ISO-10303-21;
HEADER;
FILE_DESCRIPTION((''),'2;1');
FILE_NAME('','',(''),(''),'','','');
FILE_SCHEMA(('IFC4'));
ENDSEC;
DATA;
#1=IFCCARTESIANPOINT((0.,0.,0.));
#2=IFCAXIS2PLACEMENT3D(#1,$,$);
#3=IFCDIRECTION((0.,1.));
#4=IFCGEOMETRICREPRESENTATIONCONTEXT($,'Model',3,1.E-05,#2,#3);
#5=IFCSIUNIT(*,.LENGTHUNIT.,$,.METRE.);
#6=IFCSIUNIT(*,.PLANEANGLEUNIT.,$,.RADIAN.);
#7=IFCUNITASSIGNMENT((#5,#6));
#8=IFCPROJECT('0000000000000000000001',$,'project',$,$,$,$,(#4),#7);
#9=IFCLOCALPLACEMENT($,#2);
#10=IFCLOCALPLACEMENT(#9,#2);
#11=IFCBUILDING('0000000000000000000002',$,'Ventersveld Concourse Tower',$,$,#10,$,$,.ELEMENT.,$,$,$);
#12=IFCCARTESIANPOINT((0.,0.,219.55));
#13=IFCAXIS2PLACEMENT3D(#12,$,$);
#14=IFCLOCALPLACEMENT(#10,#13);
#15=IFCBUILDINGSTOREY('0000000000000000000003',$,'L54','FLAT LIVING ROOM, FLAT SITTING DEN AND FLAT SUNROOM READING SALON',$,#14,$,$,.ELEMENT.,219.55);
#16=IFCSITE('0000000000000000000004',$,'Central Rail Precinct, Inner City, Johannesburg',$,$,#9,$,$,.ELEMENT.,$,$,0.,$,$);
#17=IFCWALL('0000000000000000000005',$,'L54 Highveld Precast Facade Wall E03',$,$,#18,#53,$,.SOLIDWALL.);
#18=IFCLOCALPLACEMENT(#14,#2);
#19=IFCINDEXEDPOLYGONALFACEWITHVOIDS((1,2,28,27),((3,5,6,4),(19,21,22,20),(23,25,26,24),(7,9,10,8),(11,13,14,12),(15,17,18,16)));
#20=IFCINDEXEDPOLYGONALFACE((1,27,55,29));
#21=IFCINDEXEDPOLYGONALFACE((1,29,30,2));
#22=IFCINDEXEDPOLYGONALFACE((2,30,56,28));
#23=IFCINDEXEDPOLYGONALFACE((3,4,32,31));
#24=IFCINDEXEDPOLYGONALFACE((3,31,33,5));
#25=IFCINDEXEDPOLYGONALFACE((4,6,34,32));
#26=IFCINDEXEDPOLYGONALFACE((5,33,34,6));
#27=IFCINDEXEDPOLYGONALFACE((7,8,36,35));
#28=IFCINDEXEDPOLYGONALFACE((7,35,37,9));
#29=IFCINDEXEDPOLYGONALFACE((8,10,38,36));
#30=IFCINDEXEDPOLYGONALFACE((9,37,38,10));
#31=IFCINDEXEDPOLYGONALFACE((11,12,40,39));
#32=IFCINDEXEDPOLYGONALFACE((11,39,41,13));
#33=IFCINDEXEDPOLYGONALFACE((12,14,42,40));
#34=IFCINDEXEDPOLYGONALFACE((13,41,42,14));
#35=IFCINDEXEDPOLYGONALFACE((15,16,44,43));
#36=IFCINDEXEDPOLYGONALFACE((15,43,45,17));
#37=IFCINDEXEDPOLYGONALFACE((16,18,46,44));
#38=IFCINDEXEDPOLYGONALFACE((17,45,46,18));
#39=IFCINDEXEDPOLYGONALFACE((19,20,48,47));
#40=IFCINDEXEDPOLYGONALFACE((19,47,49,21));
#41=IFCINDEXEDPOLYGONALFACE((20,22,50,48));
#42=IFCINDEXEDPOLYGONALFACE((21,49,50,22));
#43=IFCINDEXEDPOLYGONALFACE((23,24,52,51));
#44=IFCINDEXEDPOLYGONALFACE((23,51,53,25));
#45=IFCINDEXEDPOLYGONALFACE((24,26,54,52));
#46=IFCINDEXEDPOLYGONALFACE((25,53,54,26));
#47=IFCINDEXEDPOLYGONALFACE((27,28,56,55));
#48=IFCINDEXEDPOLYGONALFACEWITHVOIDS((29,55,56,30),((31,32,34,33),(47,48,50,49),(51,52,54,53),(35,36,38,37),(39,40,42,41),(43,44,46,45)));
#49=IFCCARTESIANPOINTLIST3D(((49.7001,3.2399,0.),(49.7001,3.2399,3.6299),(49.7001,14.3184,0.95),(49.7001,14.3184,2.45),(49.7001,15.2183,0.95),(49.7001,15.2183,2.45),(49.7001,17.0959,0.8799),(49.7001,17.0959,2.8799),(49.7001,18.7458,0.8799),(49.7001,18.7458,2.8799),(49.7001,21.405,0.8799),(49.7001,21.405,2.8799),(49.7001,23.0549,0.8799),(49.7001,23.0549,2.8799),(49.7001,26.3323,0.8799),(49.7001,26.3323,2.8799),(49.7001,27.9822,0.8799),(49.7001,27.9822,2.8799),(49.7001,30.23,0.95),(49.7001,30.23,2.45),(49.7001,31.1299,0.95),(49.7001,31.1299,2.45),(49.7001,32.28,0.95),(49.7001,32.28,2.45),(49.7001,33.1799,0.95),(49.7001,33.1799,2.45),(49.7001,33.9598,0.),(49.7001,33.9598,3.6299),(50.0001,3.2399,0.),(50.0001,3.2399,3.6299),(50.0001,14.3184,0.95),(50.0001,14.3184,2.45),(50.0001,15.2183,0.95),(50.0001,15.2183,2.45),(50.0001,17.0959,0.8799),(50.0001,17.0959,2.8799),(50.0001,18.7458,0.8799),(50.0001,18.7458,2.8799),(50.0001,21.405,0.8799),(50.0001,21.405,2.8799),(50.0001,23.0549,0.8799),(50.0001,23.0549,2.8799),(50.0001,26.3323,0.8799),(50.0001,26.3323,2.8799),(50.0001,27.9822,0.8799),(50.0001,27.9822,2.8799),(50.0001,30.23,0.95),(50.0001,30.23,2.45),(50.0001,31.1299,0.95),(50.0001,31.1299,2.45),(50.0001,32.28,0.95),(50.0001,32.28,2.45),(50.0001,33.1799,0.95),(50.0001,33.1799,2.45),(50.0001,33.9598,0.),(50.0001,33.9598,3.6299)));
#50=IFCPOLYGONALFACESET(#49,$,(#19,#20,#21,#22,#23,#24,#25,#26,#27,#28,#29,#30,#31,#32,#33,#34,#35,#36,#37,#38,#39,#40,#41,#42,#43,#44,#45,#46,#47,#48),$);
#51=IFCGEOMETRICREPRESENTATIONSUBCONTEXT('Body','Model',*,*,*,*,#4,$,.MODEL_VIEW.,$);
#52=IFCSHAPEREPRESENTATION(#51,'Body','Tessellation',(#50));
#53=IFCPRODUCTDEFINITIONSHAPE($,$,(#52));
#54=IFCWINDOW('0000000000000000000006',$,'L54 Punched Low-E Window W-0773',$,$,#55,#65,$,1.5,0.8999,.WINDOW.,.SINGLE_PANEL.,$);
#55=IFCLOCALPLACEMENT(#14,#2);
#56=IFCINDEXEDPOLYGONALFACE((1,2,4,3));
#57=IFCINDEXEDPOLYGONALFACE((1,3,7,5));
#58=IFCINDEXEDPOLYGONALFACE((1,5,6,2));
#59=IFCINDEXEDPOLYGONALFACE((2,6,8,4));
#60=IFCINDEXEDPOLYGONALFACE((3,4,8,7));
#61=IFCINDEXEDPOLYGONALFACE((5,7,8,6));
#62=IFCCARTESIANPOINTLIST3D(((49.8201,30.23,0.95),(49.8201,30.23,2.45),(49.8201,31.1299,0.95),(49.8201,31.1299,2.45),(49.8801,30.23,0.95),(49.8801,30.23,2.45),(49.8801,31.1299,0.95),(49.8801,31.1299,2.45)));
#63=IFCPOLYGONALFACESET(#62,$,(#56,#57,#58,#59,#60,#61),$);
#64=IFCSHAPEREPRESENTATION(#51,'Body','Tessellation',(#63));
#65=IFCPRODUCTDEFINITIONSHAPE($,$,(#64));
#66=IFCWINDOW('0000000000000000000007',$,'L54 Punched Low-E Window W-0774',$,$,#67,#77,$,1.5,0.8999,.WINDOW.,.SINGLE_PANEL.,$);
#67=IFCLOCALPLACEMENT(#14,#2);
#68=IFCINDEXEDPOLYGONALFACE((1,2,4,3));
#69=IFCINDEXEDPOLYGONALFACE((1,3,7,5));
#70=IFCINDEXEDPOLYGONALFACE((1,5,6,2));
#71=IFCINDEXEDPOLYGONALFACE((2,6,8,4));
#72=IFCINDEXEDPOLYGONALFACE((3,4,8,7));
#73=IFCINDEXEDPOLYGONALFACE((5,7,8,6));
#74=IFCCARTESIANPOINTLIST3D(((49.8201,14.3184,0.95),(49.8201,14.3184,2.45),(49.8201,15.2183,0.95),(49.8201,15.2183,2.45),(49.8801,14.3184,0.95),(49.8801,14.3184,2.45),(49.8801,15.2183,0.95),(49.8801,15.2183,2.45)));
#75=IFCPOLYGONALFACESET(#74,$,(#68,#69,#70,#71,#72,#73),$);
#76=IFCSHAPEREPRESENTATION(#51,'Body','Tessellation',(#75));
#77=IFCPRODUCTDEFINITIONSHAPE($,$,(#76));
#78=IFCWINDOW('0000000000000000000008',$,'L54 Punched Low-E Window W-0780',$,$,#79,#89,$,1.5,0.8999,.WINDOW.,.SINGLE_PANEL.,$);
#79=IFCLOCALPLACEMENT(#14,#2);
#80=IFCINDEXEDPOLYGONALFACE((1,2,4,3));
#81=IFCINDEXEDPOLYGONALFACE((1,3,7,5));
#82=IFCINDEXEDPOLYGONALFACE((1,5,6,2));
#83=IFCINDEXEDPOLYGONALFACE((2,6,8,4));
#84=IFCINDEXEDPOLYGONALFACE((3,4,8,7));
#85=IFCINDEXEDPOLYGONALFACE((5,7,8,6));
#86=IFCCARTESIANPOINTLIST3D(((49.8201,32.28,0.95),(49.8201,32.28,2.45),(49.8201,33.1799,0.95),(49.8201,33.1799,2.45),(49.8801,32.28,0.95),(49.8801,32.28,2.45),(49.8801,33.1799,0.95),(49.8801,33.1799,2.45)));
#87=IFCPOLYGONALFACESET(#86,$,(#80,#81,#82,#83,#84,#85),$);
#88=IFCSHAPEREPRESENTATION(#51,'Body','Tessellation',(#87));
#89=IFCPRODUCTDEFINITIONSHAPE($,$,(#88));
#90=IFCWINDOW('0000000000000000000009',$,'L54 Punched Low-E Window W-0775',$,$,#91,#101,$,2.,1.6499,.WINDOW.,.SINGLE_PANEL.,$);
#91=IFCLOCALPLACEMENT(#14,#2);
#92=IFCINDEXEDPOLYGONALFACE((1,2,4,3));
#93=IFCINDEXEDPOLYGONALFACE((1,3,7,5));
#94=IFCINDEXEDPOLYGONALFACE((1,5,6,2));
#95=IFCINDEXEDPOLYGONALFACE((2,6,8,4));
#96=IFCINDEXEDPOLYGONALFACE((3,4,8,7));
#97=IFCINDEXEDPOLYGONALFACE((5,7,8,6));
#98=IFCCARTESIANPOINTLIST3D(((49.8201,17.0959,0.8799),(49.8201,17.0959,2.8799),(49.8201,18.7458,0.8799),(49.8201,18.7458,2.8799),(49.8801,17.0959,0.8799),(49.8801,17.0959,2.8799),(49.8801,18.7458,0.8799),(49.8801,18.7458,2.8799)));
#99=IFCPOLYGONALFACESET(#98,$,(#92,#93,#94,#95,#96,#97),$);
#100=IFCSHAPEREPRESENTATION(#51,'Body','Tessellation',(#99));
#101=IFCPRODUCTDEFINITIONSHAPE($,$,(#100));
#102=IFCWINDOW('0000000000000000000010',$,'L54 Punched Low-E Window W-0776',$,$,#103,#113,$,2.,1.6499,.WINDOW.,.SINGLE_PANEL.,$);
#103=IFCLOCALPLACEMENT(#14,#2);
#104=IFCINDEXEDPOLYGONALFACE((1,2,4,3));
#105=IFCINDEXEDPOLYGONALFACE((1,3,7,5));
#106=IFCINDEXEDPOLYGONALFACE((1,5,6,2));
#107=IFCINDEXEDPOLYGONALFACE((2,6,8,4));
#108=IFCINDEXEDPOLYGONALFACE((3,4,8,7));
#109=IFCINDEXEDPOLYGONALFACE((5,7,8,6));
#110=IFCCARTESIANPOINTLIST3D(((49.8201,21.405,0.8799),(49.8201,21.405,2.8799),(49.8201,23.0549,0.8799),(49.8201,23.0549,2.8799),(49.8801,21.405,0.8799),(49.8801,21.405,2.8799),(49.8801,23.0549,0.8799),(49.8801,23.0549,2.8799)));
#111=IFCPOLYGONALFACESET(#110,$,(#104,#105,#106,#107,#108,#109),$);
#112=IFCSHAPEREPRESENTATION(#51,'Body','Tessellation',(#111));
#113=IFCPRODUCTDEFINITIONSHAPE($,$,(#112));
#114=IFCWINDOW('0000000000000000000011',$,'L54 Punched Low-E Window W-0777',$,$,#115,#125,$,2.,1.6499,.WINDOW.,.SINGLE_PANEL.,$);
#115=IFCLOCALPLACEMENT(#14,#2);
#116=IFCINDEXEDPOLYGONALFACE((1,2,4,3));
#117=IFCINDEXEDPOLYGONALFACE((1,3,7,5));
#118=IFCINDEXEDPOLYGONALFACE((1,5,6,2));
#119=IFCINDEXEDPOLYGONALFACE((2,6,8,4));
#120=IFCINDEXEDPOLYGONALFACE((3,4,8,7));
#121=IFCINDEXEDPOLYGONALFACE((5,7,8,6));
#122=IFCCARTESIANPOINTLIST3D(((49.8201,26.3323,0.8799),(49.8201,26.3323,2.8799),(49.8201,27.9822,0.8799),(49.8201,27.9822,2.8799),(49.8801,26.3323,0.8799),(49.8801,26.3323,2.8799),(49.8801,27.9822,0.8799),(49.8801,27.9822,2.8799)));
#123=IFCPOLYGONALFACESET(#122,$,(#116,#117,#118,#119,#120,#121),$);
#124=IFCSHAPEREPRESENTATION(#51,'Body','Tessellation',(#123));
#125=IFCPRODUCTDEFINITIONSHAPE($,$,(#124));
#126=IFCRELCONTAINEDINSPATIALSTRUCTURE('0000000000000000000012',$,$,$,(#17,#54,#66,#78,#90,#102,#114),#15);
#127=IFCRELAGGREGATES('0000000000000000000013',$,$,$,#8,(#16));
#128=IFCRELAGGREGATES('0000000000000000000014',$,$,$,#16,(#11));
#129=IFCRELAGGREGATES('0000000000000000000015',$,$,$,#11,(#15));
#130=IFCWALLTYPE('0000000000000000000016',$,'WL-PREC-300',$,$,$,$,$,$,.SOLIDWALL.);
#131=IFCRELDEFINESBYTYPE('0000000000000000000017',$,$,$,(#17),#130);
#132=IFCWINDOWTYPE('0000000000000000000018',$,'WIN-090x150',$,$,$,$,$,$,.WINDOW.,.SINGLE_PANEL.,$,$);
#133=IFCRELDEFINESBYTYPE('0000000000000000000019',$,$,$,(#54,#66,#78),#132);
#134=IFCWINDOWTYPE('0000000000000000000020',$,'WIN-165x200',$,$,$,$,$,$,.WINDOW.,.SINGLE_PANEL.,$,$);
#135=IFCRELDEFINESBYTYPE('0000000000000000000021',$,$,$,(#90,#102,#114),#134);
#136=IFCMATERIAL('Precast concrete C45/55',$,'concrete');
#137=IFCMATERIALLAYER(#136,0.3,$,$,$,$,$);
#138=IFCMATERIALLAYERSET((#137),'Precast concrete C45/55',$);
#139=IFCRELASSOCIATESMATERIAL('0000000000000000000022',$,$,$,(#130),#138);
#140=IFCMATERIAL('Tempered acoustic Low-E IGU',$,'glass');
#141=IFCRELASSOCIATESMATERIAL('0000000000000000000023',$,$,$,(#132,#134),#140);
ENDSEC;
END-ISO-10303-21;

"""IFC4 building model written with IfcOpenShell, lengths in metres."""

from ifc_helpers import new_model, si_unit, direction, frame, frame_2d, origin, place, context, subcontext, project, spatial, rectangle, extrude, material, layer, layer_set, type_object, element, fill, save


model = new_model("IFC4")

# Units and contexts
model_context = context("Model", 3, precision=1e-05, world=origin(), true_north=direction((0.0, 1.0)))
body_context = subcontext(model_context, "Body", "Model", "MODEL_VIEW")
ifc_project = project(units=[si_unit("LENGTHUNIT", "METRE"), si_unit("PLANEANGLEUNIT", "RADIAN")], contexts=[model_context])

# Site, building, storey
site_placement = place(None, origin())
site = spatial("IfcSite", under=ifc_project, at=site_placement, Name="Central Rail Precinct, Inner City, Johannesburg", CompositionType="ELEMENT", RefElevation=0.0)
building_placement = place(site_placement, origin())
building = spatial("IfcBuilding", under=site, at=building_placement, Name="Ventersveld Concourse Tower", CompositionType="ELEMENT")
storey_placement = place(building_placement, frame((0.0, 0.0, 219.55)))
storey = spatial("IfcBuildingStorey", under=building, at=storey_placement, Name="L54", Description="FLAT LIVING ROOM, FLAT SITTING DEN AND FLAT SUNROOM READING SALON", CompositionType="ELEMENT", Elevation=219.55)

# Shared definitions
ifc_material_1 = material(Name="Precast concrete C45/55", Category="concrete")
ifc_layer_1 = layer(ifc_material_1, 0.3)
ifc_layer_set_1 = layer_set([ifc_layer_1], Name="Precast concrete C45/55")
wall_type_1 = type_object("IfcWallType", Name="WL-PREC-300", PredefinedType="SOLIDWALL", material=ifc_layer_set_1)

# Wall, openings, windows
wall_1_placement = place(storey_placement, frame((49.8501, 3.24, 0.0), z_axis=(0.0, 0.0, 1.0), x_axis=(0.0, 1.0, 0.0)))
wall_1 = element("IfcWall", 1, at=wall_1_placement, inside=storey, type_object=wall_type_1, Name="L54 Highveld Precast Facade Wall E03", PredefinedType="SOLIDWALL", context=body_context, shape_type="SweptSolid", body=[
    extrude(rectangle(XDim=30.72, YDim=0.3, at=frame_2d((15.3599, 0.0))), origin(), (0.0, 0.0, 1.0), 3.6299),
])
opening_1_placement = place(wall_1_placement, frame((26.99, 0.0, 0.95)))
opening_1 = element("IfcOpeningElement", 2, at=opening_1_placement, cuts=wall_1, PredefinedType="OPENING", context=body_context, shape_type="SweptSolid", body=[
    extrude(rectangle(XDim=0.8999, YDim=1.5, at=frame_2d((0.45, 0.75))), frame((0.0, 0.1602, 0.0), z_axis=(0.0, -1.0, 0.0), x_axis=(1.0, 0.0, 0.0)), (0.0, 0.0, 1.0), 0.3201),
])
opening_2_placement = place(wall_1_placement, frame((11.0784, 0.0, 0.95)))
opening_2 = element("IfcOpeningElement", 3, at=opening_2_placement, cuts=wall_1, PredefinedType="OPENING", context=body_context, shape_type="SweptSolid", body=[
    extrude(rectangle(XDim=0.8999, YDim=1.5, at=frame_2d((0.45, 0.75))), frame((0.0, 0.1602, 0.0), z_axis=(0.0, -1.0, 0.0), x_axis=(1.0, 0.0, 0.0)), (0.0, 0.0, 1.0), 0.3201),
])
opening_3_placement = place(wall_1_placement, frame((13.856, 0.0, 0.8799)))
opening_3 = element("IfcOpeningElement", 4, at=opening_3_placement, cuts=wall_1, PredefinedType="OPENING", context=body_context, shape_type="SweptSolid", body=[
    extrude(rectangle(XDim=1.6499, YDim=2.0, at=frame_2d((0.825, 1.0))), frame((0.0, 0.1602, 0.0), z_axis=(0.0, -1.0, 0.0), x_axis=(1.0, 0.0, 0.0)), (0.0, 0.0, 1.0), 0.3201),
])
opening_4_placement = place(wall_1_placement, frame((18.165, 0.0, 0.8799)))
opening_4 = element("IfcOpeningElement", 5, at=opening_4_placement, cuts=wall_1, PredefinedType="OPENING", context=body_context, shape_type="SweptSolid", body=[
    extrude(rectangle(XDim=1.6499, YDim=2.0, at=frame_2d((0.825, 1.0))), frame((0.0, 0.1602, 0.0), z_axis=(0.0, -1.0, 0.0), x_axis=(1.0, 0.0, 0.0)), (0.0, 0.0, 1.0), 0.3201),
])
opening_5_placement = place(wall_1_placement, frame((23.0923, 0.0, 0.8799)))
opening_5 = element("IfcOpeningElement", 6, at=opening_5_placement, cuts=wall_1, PredefinedType="OPENING", context=body_context, shape_type="SweptSolid", body=[
    extrude(rectangle(XDim=1.6499, YDim=2.0, at=frame_2d((0.825, 1.0))), frame((0.0, 0.1602, 0.0), z_axis=(0.0, -1.0, 0.0), x_axis=(1.0, 0.0, 0.0)), (0.0, 0.0, 1.0), 0.3201),
])
opening_6_placement = place(wall_1_placement, frame((29.04, 0.0, 0.95)))
opening_6 = element("IfcOpeningElement", 7, at=opening_6_placement, cuts=wall_1, PredefinedType="OPENING", context=body_context, shape_type="SweptSolid", body=[
    extrude(rectangle(XDim=0.8999, YDim=1.5, at=frame_2d((0.45, 0.75))), frame((0.0, 0.1602, 0.0), z_axis=(0.0, -1.0, 0.0), x_axis=(1.0, 0.0, 0.0)), (0.0, 0.0, 1.0), 0.3201),
])
ifc_material_2 = material(Name="Tempered acoustic Low-E IGU", Category="glass")
window_type_1 = type_object("IfcWindowType", Name="WIN-090x150", PartitioningType="SINGLE_PANEL", PredefinedType="WINDOW", material=ifc_material_2)
window_1_placement = place(opening_1_placement, origin())
window_1 = element("IfcWindow", 8, at=window_1_placement, inside=storey, type_object=window_type_1, Name="L54 Punched Low-E Window W-0773", OverallHeight=1.5, OverallWidth=0.8999, PartitioningType="SINGLE_PANEL", PredefinedType="WINDOW", context=body_context, shape_type="SweptSolid", body=[
    extrude(rectangle(XDim=0.8999, YDim=1.5, at=frame_2d((0.45, 0.75))), frame((0.0, 0.03, 0.0), z_axis=(0.0, -1.0, 0.0), x_axis=(1.0, 0.0, 0.0)), (0.0, 0.0, 1.0), 0.0601),
])
fill(opening_1, window_1)
window_2_placement = place(opening_2_placement, origin())
window_2 = element("IfcWindow", 9, at=window_2_placement, inside=storey, type_object=window_type_1, Name="L54 Punched Low-E Window W-0774", OverallHeight=1.5, OverallWidth=0.8999, PartitioningType="SINGLE_PANEL", PredefinedType="WINDOW", context=body_context, shape_type="SweptSolid", body=[
    extrude(rectangle(XDim=0.8999, YDim=1.5, at=frame_2d((0.45, 0.75))), frame((0.0, 0.03, 0.0), z_axis=(0.0, -1.0, 0.0), x_axis=(1.0, 0.0, 0.0)), (0.0, 0.0, 1.0), 0.0601),
])
fill(opening_2, window_2)
window_3_placement = place(opening_6_placement, origin())
window_3 = element("IfcWindow", 10, at=window_3_placement, inside=storey, type_object=window_type_1, Name="L54 Punched Low-E Window W-0780", OverallHeight=1.5, OverallWidth=0.8999, PartitioningType="SINGLE_PANEL", PredefinedType="WINDOW", context=body_context, shape_type="SweptSolid", body=[
    extrude(rectangle(XDim=0.8999, YDim=1.5, at=frame_2d((0.45, 0.75))), frame((0.0, 0.03, 0.0), z_axis=(0.0, -1.0, 0.0), x_axis=(1.0, 0.0, 0.0)), (0.0, 0.0, 1.0), 0.0601),
])
fill(opening_6, window_3)
window_type_2 = type_object("IfcWindowType", Name="WIN-165x200", PartitioningType="SINGLE_PANEL", PredefinedType="WINDOW", material=ifc_material_2)
window_4_placement = place(opening_3_placement, origin())
window_4 = element("IfcWindow", 11, at=window_4_placement, inside=storey, type_object=window_type_2, Name="L54 Punched Low-E Window W-0775", OverallHeight=2.0, OverallWidth=1.6499, PartitioningType="SINGLE_PANEL", PredefinedType="WINDOW", context=body_context, shape_type="SweptSolid", body=[
    extrude(rectangle(XDim=1.6499, YDim=2.0, at=frame_2d((0.825, 1.0))), frame((0.0, 0.03, 0.0), z_axis=(0.0, -1.0, 0.0), x_axis=(1.0, 0.0, 0.0)), (0.0, 0.0, 1.0), 0.0601),
])
fill(opening_3, window_4)
window_5_placement = place(opening_4_placement, origin())
window_5 = element("IfcWindow", 12, at=window_5_placement, inside=storey, type_object=window_type_2, Name="L54 Punched Low-E Window W-0776", OverallHeight=2.0, OverallWidth=1.6499, PartitioningType="SINGLE_PANEL", PredefinedType="WINDOW", context=body_context, shape_type="SweptSolid", body=[
    extrude(rectangle(XDim=1.6499, YDim=2.0, at=frame_2d((0.825, 1.0))), frame((0.0, 0.03, 0.0), z_axis=(0.0, -1.0, 0.0), x_axis=(1.0, 0.0, 0.0)), (0.0, 0.0, 1.0), 0.0601),
])
fill(opening_4, window_5)
window_6_placement = place(opening_5_placement, origin())
window_6 = element("IfcWindow", 13, at=window_6_placement, inside=storey, type_object=window_type_2, Name="L54 Punched Low-E Window W-0777", OverallHeight=2.0, OverallWidth=1.6499, PartitioningType="SINGLE_PANEL", PredefinedType="WINDOW", context=body_context, shape_type="SweptSolid", body=[
    extrude(rectangle(XDim=1.6499, YDim=2.0, at=frame_2d((0.825, 1.0))), frame((0.0, 0.03, 0.0), z_axis=(0.0, -1.0, 0.0), x_axis=(1.0, 0.0, 0.0)), (0.0, 0.0, 1.0), 0.0601),
])
fill(opening_5, window_6)

save(model, "model.ifc")
